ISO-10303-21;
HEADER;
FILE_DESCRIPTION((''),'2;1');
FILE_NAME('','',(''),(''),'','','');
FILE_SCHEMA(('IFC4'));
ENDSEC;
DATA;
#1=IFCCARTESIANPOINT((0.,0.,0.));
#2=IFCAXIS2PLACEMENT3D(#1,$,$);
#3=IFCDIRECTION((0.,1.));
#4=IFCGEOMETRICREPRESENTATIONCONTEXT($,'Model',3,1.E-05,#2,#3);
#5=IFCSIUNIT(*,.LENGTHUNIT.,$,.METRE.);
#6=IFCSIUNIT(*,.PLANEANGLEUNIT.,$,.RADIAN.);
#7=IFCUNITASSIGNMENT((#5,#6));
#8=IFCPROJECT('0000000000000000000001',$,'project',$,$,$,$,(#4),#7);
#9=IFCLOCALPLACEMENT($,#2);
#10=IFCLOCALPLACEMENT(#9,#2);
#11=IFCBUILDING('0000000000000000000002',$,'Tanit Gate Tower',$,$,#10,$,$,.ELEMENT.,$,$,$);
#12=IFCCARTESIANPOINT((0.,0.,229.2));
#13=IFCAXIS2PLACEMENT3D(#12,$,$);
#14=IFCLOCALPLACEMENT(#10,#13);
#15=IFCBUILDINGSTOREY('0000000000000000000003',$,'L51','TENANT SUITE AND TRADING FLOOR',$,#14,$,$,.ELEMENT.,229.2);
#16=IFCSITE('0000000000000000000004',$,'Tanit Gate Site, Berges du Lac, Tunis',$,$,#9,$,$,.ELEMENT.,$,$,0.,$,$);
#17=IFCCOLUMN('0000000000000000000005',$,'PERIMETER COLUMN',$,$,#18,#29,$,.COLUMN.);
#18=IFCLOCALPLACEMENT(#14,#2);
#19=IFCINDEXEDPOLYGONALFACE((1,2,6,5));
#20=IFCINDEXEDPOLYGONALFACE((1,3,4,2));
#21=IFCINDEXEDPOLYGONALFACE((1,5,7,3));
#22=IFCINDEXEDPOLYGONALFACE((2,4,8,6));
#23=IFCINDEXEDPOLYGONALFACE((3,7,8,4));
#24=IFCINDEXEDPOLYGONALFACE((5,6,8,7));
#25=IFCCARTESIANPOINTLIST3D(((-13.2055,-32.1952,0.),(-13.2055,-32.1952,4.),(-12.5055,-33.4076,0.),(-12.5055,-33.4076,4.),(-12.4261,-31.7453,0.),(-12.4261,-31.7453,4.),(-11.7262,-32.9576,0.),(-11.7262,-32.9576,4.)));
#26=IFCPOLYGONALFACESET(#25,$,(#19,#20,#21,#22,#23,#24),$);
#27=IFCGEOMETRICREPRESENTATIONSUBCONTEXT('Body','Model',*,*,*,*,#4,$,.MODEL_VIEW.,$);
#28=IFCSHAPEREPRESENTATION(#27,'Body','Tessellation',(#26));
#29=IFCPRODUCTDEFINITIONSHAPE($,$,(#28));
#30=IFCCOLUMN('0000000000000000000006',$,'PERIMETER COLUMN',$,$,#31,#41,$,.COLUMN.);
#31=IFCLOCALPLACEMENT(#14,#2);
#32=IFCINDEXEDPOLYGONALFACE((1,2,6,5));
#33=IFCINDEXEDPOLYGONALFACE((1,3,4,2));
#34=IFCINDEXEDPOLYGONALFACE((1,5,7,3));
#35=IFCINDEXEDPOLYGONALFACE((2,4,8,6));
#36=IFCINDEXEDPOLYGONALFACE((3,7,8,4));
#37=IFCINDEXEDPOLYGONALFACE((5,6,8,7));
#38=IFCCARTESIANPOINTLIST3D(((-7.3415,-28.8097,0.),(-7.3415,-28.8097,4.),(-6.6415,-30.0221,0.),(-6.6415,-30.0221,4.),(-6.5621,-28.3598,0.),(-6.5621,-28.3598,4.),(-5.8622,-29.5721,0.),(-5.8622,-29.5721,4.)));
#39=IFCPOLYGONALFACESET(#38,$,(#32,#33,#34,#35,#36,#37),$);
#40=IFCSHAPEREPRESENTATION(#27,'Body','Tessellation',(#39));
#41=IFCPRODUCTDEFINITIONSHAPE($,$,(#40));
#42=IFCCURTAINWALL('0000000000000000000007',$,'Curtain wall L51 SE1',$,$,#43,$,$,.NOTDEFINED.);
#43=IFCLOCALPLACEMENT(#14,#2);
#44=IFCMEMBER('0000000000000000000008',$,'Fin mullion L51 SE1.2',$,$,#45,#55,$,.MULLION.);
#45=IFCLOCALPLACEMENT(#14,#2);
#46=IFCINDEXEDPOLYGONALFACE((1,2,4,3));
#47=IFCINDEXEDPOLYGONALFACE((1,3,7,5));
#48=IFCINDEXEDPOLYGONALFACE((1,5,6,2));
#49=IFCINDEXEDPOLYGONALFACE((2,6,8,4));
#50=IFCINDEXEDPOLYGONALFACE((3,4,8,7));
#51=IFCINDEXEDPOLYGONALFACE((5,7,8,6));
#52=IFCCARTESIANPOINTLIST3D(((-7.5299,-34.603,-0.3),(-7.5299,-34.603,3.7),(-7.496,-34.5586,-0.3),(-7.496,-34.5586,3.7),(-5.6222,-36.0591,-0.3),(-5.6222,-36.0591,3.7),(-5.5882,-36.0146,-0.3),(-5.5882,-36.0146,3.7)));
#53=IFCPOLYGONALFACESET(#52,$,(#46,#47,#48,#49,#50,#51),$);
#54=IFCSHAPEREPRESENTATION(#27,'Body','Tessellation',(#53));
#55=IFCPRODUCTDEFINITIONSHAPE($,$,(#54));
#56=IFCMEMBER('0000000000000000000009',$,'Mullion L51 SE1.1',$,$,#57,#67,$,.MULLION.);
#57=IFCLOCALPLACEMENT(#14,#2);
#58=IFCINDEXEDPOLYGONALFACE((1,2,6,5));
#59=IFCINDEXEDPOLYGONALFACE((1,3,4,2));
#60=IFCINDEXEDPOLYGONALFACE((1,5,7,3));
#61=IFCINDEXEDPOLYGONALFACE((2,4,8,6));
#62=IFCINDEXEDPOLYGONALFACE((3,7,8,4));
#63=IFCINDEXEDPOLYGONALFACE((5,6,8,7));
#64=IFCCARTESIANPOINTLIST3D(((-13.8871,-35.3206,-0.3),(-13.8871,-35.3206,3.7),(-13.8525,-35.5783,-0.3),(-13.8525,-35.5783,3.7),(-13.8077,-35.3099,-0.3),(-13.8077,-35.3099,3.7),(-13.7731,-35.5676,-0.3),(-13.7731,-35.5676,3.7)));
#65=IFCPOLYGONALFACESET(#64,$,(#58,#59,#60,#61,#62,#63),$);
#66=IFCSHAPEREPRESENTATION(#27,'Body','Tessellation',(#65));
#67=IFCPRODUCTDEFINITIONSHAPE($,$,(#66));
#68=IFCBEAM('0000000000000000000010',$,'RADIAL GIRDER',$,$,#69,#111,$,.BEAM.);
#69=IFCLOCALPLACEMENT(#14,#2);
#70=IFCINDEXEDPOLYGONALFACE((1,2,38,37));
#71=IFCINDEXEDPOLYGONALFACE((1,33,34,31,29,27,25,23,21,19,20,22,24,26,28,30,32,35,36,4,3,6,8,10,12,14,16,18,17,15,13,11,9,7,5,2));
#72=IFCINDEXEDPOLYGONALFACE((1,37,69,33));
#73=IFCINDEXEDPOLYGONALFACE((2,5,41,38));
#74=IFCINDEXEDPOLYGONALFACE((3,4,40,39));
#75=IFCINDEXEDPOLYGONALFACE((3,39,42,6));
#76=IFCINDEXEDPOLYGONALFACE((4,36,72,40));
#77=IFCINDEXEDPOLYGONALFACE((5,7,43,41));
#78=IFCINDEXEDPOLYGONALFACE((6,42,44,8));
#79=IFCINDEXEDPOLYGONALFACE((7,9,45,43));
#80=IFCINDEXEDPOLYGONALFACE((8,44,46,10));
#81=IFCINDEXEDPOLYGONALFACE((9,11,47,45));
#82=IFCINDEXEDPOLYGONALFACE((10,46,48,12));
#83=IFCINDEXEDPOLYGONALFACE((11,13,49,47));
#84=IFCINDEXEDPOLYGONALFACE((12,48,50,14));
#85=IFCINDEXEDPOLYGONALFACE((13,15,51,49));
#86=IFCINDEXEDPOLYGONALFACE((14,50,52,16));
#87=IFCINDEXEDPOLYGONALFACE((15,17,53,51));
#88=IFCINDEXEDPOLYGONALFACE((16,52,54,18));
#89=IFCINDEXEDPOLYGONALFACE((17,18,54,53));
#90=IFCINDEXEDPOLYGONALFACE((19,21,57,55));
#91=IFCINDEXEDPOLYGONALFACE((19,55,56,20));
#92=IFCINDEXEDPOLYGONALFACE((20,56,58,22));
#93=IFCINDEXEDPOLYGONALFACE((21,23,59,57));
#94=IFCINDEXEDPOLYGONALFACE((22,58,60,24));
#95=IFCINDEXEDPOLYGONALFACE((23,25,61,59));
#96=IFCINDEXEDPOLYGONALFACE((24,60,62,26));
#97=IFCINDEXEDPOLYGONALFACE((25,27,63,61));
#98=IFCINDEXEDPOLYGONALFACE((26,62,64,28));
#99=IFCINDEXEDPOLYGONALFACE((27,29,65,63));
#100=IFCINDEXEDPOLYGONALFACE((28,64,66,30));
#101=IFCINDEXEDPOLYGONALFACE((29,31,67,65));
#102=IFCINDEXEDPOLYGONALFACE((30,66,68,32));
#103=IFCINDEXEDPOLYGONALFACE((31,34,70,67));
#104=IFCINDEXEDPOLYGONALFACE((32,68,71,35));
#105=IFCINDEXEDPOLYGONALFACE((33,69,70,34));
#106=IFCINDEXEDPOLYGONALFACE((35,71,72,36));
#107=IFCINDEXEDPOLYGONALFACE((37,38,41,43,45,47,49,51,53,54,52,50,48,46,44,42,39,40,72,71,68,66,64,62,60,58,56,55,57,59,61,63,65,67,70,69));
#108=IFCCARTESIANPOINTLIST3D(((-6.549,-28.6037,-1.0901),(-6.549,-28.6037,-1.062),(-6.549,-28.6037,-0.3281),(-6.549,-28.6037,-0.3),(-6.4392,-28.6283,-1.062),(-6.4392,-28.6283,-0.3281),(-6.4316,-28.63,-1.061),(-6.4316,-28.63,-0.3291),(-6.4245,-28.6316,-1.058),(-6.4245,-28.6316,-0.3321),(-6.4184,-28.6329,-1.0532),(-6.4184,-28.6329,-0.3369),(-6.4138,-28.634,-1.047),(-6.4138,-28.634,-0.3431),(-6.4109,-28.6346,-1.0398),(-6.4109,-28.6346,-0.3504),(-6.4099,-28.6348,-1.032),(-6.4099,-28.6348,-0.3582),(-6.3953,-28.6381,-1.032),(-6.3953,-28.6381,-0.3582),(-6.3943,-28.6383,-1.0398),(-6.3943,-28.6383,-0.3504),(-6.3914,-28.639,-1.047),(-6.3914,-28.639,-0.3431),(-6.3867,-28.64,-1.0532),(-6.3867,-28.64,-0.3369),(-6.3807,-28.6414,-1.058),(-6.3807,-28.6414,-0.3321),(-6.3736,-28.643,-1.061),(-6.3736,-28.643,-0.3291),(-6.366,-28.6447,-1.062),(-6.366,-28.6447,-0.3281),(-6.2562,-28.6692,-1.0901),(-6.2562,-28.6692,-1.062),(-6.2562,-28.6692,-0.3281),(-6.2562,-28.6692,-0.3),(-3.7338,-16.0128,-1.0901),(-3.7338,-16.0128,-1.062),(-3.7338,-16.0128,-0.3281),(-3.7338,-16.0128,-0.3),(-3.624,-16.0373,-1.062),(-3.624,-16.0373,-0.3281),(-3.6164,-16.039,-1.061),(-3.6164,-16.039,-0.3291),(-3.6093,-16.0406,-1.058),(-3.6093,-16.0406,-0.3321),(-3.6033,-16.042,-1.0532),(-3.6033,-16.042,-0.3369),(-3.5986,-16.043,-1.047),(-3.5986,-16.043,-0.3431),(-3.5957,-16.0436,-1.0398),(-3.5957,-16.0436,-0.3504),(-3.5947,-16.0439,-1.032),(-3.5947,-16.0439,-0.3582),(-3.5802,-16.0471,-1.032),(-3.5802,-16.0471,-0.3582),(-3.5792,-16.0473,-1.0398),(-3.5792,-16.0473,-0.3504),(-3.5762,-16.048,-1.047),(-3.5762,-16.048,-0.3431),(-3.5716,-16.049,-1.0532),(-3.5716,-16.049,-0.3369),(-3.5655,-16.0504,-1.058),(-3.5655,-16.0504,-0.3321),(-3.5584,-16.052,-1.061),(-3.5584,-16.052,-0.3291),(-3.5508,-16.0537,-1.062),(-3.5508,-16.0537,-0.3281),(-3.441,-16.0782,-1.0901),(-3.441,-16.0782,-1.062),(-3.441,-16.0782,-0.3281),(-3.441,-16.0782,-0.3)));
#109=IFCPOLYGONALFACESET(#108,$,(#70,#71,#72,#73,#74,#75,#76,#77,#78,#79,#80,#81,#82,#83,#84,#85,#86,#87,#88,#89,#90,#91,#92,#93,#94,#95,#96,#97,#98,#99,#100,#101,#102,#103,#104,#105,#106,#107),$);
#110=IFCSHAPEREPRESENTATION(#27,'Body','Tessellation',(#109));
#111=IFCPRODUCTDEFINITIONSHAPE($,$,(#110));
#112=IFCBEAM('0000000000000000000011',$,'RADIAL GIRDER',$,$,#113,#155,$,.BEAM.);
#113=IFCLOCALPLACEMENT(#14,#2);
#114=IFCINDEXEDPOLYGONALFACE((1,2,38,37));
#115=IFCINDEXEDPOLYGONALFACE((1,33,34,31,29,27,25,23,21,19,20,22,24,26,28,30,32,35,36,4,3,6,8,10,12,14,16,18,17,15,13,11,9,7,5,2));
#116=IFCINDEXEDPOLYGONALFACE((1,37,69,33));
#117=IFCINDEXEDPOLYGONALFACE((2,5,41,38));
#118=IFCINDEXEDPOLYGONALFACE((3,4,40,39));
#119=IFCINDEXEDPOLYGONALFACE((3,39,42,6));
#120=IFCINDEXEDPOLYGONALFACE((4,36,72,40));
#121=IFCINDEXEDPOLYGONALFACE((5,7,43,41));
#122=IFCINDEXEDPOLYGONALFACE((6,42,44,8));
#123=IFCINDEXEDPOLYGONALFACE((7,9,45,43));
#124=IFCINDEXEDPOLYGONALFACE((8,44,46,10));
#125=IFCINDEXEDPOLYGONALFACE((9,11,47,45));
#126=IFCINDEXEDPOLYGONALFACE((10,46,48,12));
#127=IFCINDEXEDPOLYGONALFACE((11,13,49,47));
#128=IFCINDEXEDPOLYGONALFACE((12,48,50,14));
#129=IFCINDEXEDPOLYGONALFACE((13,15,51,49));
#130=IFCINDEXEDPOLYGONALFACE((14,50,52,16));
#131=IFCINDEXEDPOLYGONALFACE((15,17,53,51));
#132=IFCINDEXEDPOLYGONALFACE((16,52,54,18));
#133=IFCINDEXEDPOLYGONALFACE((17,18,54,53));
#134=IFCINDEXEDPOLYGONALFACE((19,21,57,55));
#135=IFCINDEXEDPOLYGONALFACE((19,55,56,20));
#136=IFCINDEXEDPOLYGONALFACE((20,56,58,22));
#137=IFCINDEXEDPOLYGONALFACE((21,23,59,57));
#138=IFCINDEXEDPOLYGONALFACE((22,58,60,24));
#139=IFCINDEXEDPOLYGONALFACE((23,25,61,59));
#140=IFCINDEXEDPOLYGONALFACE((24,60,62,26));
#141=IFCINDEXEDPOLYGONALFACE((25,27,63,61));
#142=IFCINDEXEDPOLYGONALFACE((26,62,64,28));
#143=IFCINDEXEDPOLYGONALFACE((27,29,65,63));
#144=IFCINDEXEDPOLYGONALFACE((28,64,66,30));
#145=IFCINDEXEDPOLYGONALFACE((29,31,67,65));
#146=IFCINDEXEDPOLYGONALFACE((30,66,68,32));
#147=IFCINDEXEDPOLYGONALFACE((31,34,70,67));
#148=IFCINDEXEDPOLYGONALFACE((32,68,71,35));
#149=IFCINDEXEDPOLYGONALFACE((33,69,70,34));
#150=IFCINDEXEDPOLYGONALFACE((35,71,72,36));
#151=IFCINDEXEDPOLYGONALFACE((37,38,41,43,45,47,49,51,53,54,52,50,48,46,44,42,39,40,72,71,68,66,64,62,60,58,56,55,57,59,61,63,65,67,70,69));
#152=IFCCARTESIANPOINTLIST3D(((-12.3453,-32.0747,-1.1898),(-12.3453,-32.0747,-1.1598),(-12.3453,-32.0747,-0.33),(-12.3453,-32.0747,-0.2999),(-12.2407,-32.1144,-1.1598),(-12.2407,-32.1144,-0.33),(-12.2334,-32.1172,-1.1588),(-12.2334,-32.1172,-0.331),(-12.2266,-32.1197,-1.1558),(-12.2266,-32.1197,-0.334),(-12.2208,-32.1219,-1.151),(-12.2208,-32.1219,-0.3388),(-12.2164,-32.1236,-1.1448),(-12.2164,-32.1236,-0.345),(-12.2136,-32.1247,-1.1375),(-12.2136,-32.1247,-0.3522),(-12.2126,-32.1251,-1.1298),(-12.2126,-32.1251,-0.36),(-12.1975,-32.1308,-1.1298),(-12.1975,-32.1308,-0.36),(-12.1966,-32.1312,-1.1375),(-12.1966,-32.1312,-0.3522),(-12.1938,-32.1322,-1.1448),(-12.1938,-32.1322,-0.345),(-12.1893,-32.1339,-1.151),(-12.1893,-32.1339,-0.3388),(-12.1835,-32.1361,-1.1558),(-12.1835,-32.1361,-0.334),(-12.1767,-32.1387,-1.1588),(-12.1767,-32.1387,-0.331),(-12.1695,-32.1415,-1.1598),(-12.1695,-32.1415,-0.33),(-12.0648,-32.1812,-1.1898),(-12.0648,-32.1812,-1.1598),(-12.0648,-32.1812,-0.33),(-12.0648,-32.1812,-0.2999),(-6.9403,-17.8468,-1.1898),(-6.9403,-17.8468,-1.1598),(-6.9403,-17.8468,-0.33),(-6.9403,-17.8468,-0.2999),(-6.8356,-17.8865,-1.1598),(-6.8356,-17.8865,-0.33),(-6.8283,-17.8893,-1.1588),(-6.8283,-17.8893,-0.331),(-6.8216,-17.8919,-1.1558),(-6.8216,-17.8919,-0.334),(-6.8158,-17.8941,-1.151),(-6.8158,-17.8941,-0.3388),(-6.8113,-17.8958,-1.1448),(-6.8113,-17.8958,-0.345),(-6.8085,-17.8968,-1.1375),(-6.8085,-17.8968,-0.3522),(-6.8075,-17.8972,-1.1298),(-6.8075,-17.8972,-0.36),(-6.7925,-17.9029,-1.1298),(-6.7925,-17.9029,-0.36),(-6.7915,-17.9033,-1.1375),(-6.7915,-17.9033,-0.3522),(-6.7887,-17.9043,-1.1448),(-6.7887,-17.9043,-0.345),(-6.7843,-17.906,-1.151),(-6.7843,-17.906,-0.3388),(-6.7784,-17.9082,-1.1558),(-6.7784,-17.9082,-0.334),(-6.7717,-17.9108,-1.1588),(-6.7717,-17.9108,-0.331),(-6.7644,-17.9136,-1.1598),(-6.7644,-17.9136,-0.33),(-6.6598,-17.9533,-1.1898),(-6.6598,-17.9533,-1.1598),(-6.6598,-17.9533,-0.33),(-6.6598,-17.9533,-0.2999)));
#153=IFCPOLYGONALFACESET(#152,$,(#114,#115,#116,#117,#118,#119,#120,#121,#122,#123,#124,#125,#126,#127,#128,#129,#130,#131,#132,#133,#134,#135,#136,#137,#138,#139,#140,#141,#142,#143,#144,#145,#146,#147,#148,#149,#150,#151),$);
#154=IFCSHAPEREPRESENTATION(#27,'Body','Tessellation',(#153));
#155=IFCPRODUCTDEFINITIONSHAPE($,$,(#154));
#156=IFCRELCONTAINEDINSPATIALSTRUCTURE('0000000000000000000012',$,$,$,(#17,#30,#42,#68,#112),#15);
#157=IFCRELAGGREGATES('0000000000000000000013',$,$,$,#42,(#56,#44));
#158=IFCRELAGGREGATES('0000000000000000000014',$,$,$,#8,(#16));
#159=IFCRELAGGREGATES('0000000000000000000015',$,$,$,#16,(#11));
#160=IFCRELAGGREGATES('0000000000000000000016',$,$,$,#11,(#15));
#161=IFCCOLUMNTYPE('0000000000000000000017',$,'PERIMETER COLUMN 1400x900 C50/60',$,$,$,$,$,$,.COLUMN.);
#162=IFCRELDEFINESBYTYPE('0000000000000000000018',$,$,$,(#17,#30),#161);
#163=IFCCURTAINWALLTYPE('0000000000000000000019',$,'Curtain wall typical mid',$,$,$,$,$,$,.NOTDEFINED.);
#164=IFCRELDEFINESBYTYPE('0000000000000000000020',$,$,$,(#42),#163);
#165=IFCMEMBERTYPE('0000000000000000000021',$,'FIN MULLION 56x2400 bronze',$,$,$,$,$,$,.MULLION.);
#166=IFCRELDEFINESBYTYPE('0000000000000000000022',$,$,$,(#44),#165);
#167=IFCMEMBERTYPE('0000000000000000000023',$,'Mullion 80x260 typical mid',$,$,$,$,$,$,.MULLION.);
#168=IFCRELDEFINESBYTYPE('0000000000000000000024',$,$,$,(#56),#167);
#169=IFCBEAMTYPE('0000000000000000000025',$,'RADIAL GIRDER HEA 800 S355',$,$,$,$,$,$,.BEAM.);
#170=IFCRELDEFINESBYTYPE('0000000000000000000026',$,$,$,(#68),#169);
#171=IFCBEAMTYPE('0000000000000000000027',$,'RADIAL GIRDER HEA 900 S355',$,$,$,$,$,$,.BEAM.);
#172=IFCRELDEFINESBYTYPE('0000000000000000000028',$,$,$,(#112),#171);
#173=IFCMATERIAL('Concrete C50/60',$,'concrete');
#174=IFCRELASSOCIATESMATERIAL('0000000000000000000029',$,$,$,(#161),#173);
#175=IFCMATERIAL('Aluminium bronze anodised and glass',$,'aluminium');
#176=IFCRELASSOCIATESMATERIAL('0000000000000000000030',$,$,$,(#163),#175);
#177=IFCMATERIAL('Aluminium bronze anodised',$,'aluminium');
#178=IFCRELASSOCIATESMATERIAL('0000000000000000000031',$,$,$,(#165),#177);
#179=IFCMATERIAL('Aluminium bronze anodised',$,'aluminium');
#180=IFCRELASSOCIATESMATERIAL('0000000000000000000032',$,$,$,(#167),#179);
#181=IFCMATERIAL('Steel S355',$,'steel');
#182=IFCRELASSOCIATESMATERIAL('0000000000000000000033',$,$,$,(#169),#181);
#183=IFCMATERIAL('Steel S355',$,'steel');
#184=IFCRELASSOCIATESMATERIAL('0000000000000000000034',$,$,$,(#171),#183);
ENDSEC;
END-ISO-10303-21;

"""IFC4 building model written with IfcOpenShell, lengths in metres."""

from ifc_helpers import new_model, si_unit, direction, frame, origin, origin_2d, place, context, subcontext, project, spatial, rectangle, i_section, extrude, material, material_profile, profile_set, type_object, element, aggregate, save


model = new_model("IFC4")

# Units and contexts
model_context = context("Model", 3, precision=1e-05, world=origin(), true_north=direction((0.0, 1.0)))
body_context = subcontext(model_context, "Body", "Model", "MODEL_VIEW")
ifc_project = project(units=[si_unit("LENGTHUNIT", "METRE"), si_unit("PLANEANGLEUNIT", "RADIAN")], contexts=[model_context])

# Site, building, storey
site_placement = place(None, origin())
site = spatial("IfcSite", under=ifc_project, at=site_placement, Name="Tanit Gate Site, Berges du Lac, Tunis", CompositionType="ELEMENT", RefElevation=0.0)
building_placement = place(site_placement, origin())
building = spatial("IfcBuilding", under=site, at=building_placement, Name="Tanit Gate Tower", CompositionType="ELEMENT")
storey_placement = place(building_placement, frame((0.0, 0.0, 229.2)))
storey = spatial("IfcBuildingStorey", under=building, at=storey_placement, Name="L51", Description="TENANT SUITE AND TRADING FLOOR", CompositionType="ELEMENT", Elevation=229.2)

# Columns
ifc_material_1 = material(Name="Concrete C50/60", Category="concrete")
ifc_material_profile_1 = material_profile(ifc_material_1, rectangle(XDim=1.3999, YDim=0.8999, at=origin_2d()), Name="RC 1400x900")
ifc_profile_set_1 = profile_set([ifc_material_profile_1], Name="Concrete C50/60")
column_type = type_object("IfcColumnType", Name="PERIMETER COLUMN 1400x900 C50/60", PredefinedType="COLUMN", material=ifc_profile_set_1)
for number, where, z_axis, x_axis, name in (
    (1, (-12.4658, -32.5764, 0.0), (0.0, 0.0, 1.0), (0.5, -0.866025, 0.0), "PERIMETER COLUMN"),
    (2, (-6.6018, -29.1909, 0.0), (0.0, 0.0, 1.0), (0.5, -0.866025, 0.0), "PERIMETER COLUMN"),
):
    element("IfcColumn", number, at=place(storey_placement, frame(where, z_axis=z_axis, x_axis=x_axis)), inside=storey, type_object=column_type, Name=name, PredefinedType="COLUMN", context=body_context, shape_type="SweptSolid", body=[
        extrude(rectangle(XDim=1.3999, YDim=0.8999, at=origin_2d()), origin(), (0.0, 0.0, 1.0), 4.0),
    ])

# Curtain wall, members
ifc_material_2 = material(Name="Aluminium bronze anodised and glass", Category="aluminium")
curtain_wall_type = type_object("IfcCurtainWallType", Name="Curtain wall typical mid", PredefinedType="NOTDEFINED", material=ifc_material_2)
curtain_wall_placement = place(storey_placement, origin())
curtain_wall = element("IfcCurtainWall", 3, at=curtain_wall_placement, inside=storey, type_object=curtain_wall_type, Name="Curtain wall L51 SE1", PredefinedType="NOTDEFINED")
ifc_material_3 = material(Name="Aluminium bronze anodised", Category="aluminium")
ifc_material_profile_2 = material_profile(ifc_material_3, rectangle(XDim=2.3999, YDim=0.0559, at=origin_2d()), Name="56x2400 bronze fin mullion")
ifc_profile_set_2 = profile_set([ifc_material_profile_2], Name="Aluminium bronze anodised")
member_type_1 = type_object("IfcMemberType", Name="FIN MULLION 56x2400 bronze", PredefinedType="MULLION", material=ifc_profile_set_2)
member_1_placement = place(storey_placement, frame((-6.5591, -35.3088, -0.3), z_axis=(0.0, 0.0, 1.0), x_axis=(-0.794927, 0.606705, 0.0)))
member_1 = element("IfcMember", 4, at=member_1_placement, type_object=member_type_1, Name="Fin mullion L51 SE1.2", PredefinedType="MULLION", context=body_context, shape_type="SweptSolid", body=[
    extrude(rectangle(XDim=2.3999, YDim=0.0559, at=origin_2d()), origin(), (0.0, 0.0, 1.0), 4.0),
])
ifc_material_4 = material(Name="Aluminium bronze anodised", Category="aluminium")
ifc_material_profile_3 = material_profile(ifc_material_4, rectangle(XDim=0.26, YDim=0.0801, at=origin_2d()), Name="80x260 bronze mullion")
ifc_profile_set_3 = profile_set([ifc_material_profile_3], Name="Aluminium bronze anodised")
member_type_2 = type_object("IfcMemberType", Name="Mullion 80x260 typical mid", PredefinedType="MULLION", material=ifc_profile_set_3)
member_2_placement = place(storey_placement, frame((-13.8301, -35.4441, -0.3), z_axis=(0.0, 0.0, 1.0), x_axis=(-0.133092, 0.991104, 0.0)))
member_2 = element("IfcMember", 5, at=member_2_placement, type_object=member_type_2, Name="Mullion L51 SE1.1", PredefinedType="MULLION", context=body_context, shape_type="SweptSolid", body=[
    extrude(rectangle(XDim=0.26, YDim=0.0801, at=origin_2d()), origin(), (0.0, 0.0, 1.0), 4.0),
])

# Beams
ifc_material_5 = material(Name="Steel S355", Category="steel")
ifc_material_profile_4 = material_profile(ifc_material_5, i_section(OverallWidth=0.3, OverallDepth=0.79, WebThickness=0.0149, FlangeThickness=0.0281, FilletRadius=0.03, at=origin_2d()), Name="HEA 800")
ifc_profile_set_4 = profile_set([ifc_material_profile_4], Name="Steel S355")
beam_type_1 = type_object("IfcBeamType", Name="RADIAL GIRDER HEA 800 S355", PredefinedType="BEAM", material=ifc_profile_set_4)
beam_1_placement = place(storey_placement, frame((-6.4026, -28.6365, -0.6951), z_axis=(0.218199, 0.975904, 0.0), x_axis=(-0.975904, 0.218199, 0.0)))
element("IfcBeam", 6, at=beam_1_placement, inside=storey, type_object=beam_type_1, Name="RADIAL GIRDER", PredefinedType="BEAM", context=body_context, shape_type="SweptSolid", body=[
    extrude(i_section(OverallWidth=0.3, OverallDepth=0.79, WebThickness=0.0149, FlangeThickness=0.0281, FilletRadius=0.03, at=origin_2d()), origin(), (0.0, 0.0, 1.0), 12.9019),
])
ifc_material_6 = material(Name="Steel S355", Category="steel")
ifc_material_profile_5 = material_profile(ifc_material_6, i_section(OverallWidth=0.3, OverallDepth=0.8899, WebThickness=0.0161, FlangeThickness=0.03, FilletRadius=0.03, at=origin_2d()), Name="HEA 900")
ifc_profile_set_5 = profile_set([ifc_material_profile_5], Name="Steel S355")
beam_type_2 = type_object("IfcBeamType", Name="RADIAL GIRDER HEA 900 S355", PredefinedType="BEAM", material=ifc_profile_set_5)
beam_2_placement = place(storey_placement, frame((-12.2051, -32.1279, -0.7449), z_axis=(0.35513, 0.934817, 0.0), x_axis=(-0.934817, 0.35513, 0.0)))
element("IfcBeam", 7, at=beam_2_placement, inside=storey, type_object=beam_type_2, Name="RADIAL GIRDER", PredefinedType="BEAM", context=body_context, shape_type="SweptSolid", body=[
    extrude(i_section(OverallWidth=0.3, OverallDepth=0.8899, WebThickness=0.0161, FlangeThickness=0.03, FilletRadius=0.03, at=origin_2d()), origin(), (0.0, 0.0, 1.0), 15.22),
])

aggregate(curtain_wall, [member_2, member_1])

save(model, "model.ifc")
